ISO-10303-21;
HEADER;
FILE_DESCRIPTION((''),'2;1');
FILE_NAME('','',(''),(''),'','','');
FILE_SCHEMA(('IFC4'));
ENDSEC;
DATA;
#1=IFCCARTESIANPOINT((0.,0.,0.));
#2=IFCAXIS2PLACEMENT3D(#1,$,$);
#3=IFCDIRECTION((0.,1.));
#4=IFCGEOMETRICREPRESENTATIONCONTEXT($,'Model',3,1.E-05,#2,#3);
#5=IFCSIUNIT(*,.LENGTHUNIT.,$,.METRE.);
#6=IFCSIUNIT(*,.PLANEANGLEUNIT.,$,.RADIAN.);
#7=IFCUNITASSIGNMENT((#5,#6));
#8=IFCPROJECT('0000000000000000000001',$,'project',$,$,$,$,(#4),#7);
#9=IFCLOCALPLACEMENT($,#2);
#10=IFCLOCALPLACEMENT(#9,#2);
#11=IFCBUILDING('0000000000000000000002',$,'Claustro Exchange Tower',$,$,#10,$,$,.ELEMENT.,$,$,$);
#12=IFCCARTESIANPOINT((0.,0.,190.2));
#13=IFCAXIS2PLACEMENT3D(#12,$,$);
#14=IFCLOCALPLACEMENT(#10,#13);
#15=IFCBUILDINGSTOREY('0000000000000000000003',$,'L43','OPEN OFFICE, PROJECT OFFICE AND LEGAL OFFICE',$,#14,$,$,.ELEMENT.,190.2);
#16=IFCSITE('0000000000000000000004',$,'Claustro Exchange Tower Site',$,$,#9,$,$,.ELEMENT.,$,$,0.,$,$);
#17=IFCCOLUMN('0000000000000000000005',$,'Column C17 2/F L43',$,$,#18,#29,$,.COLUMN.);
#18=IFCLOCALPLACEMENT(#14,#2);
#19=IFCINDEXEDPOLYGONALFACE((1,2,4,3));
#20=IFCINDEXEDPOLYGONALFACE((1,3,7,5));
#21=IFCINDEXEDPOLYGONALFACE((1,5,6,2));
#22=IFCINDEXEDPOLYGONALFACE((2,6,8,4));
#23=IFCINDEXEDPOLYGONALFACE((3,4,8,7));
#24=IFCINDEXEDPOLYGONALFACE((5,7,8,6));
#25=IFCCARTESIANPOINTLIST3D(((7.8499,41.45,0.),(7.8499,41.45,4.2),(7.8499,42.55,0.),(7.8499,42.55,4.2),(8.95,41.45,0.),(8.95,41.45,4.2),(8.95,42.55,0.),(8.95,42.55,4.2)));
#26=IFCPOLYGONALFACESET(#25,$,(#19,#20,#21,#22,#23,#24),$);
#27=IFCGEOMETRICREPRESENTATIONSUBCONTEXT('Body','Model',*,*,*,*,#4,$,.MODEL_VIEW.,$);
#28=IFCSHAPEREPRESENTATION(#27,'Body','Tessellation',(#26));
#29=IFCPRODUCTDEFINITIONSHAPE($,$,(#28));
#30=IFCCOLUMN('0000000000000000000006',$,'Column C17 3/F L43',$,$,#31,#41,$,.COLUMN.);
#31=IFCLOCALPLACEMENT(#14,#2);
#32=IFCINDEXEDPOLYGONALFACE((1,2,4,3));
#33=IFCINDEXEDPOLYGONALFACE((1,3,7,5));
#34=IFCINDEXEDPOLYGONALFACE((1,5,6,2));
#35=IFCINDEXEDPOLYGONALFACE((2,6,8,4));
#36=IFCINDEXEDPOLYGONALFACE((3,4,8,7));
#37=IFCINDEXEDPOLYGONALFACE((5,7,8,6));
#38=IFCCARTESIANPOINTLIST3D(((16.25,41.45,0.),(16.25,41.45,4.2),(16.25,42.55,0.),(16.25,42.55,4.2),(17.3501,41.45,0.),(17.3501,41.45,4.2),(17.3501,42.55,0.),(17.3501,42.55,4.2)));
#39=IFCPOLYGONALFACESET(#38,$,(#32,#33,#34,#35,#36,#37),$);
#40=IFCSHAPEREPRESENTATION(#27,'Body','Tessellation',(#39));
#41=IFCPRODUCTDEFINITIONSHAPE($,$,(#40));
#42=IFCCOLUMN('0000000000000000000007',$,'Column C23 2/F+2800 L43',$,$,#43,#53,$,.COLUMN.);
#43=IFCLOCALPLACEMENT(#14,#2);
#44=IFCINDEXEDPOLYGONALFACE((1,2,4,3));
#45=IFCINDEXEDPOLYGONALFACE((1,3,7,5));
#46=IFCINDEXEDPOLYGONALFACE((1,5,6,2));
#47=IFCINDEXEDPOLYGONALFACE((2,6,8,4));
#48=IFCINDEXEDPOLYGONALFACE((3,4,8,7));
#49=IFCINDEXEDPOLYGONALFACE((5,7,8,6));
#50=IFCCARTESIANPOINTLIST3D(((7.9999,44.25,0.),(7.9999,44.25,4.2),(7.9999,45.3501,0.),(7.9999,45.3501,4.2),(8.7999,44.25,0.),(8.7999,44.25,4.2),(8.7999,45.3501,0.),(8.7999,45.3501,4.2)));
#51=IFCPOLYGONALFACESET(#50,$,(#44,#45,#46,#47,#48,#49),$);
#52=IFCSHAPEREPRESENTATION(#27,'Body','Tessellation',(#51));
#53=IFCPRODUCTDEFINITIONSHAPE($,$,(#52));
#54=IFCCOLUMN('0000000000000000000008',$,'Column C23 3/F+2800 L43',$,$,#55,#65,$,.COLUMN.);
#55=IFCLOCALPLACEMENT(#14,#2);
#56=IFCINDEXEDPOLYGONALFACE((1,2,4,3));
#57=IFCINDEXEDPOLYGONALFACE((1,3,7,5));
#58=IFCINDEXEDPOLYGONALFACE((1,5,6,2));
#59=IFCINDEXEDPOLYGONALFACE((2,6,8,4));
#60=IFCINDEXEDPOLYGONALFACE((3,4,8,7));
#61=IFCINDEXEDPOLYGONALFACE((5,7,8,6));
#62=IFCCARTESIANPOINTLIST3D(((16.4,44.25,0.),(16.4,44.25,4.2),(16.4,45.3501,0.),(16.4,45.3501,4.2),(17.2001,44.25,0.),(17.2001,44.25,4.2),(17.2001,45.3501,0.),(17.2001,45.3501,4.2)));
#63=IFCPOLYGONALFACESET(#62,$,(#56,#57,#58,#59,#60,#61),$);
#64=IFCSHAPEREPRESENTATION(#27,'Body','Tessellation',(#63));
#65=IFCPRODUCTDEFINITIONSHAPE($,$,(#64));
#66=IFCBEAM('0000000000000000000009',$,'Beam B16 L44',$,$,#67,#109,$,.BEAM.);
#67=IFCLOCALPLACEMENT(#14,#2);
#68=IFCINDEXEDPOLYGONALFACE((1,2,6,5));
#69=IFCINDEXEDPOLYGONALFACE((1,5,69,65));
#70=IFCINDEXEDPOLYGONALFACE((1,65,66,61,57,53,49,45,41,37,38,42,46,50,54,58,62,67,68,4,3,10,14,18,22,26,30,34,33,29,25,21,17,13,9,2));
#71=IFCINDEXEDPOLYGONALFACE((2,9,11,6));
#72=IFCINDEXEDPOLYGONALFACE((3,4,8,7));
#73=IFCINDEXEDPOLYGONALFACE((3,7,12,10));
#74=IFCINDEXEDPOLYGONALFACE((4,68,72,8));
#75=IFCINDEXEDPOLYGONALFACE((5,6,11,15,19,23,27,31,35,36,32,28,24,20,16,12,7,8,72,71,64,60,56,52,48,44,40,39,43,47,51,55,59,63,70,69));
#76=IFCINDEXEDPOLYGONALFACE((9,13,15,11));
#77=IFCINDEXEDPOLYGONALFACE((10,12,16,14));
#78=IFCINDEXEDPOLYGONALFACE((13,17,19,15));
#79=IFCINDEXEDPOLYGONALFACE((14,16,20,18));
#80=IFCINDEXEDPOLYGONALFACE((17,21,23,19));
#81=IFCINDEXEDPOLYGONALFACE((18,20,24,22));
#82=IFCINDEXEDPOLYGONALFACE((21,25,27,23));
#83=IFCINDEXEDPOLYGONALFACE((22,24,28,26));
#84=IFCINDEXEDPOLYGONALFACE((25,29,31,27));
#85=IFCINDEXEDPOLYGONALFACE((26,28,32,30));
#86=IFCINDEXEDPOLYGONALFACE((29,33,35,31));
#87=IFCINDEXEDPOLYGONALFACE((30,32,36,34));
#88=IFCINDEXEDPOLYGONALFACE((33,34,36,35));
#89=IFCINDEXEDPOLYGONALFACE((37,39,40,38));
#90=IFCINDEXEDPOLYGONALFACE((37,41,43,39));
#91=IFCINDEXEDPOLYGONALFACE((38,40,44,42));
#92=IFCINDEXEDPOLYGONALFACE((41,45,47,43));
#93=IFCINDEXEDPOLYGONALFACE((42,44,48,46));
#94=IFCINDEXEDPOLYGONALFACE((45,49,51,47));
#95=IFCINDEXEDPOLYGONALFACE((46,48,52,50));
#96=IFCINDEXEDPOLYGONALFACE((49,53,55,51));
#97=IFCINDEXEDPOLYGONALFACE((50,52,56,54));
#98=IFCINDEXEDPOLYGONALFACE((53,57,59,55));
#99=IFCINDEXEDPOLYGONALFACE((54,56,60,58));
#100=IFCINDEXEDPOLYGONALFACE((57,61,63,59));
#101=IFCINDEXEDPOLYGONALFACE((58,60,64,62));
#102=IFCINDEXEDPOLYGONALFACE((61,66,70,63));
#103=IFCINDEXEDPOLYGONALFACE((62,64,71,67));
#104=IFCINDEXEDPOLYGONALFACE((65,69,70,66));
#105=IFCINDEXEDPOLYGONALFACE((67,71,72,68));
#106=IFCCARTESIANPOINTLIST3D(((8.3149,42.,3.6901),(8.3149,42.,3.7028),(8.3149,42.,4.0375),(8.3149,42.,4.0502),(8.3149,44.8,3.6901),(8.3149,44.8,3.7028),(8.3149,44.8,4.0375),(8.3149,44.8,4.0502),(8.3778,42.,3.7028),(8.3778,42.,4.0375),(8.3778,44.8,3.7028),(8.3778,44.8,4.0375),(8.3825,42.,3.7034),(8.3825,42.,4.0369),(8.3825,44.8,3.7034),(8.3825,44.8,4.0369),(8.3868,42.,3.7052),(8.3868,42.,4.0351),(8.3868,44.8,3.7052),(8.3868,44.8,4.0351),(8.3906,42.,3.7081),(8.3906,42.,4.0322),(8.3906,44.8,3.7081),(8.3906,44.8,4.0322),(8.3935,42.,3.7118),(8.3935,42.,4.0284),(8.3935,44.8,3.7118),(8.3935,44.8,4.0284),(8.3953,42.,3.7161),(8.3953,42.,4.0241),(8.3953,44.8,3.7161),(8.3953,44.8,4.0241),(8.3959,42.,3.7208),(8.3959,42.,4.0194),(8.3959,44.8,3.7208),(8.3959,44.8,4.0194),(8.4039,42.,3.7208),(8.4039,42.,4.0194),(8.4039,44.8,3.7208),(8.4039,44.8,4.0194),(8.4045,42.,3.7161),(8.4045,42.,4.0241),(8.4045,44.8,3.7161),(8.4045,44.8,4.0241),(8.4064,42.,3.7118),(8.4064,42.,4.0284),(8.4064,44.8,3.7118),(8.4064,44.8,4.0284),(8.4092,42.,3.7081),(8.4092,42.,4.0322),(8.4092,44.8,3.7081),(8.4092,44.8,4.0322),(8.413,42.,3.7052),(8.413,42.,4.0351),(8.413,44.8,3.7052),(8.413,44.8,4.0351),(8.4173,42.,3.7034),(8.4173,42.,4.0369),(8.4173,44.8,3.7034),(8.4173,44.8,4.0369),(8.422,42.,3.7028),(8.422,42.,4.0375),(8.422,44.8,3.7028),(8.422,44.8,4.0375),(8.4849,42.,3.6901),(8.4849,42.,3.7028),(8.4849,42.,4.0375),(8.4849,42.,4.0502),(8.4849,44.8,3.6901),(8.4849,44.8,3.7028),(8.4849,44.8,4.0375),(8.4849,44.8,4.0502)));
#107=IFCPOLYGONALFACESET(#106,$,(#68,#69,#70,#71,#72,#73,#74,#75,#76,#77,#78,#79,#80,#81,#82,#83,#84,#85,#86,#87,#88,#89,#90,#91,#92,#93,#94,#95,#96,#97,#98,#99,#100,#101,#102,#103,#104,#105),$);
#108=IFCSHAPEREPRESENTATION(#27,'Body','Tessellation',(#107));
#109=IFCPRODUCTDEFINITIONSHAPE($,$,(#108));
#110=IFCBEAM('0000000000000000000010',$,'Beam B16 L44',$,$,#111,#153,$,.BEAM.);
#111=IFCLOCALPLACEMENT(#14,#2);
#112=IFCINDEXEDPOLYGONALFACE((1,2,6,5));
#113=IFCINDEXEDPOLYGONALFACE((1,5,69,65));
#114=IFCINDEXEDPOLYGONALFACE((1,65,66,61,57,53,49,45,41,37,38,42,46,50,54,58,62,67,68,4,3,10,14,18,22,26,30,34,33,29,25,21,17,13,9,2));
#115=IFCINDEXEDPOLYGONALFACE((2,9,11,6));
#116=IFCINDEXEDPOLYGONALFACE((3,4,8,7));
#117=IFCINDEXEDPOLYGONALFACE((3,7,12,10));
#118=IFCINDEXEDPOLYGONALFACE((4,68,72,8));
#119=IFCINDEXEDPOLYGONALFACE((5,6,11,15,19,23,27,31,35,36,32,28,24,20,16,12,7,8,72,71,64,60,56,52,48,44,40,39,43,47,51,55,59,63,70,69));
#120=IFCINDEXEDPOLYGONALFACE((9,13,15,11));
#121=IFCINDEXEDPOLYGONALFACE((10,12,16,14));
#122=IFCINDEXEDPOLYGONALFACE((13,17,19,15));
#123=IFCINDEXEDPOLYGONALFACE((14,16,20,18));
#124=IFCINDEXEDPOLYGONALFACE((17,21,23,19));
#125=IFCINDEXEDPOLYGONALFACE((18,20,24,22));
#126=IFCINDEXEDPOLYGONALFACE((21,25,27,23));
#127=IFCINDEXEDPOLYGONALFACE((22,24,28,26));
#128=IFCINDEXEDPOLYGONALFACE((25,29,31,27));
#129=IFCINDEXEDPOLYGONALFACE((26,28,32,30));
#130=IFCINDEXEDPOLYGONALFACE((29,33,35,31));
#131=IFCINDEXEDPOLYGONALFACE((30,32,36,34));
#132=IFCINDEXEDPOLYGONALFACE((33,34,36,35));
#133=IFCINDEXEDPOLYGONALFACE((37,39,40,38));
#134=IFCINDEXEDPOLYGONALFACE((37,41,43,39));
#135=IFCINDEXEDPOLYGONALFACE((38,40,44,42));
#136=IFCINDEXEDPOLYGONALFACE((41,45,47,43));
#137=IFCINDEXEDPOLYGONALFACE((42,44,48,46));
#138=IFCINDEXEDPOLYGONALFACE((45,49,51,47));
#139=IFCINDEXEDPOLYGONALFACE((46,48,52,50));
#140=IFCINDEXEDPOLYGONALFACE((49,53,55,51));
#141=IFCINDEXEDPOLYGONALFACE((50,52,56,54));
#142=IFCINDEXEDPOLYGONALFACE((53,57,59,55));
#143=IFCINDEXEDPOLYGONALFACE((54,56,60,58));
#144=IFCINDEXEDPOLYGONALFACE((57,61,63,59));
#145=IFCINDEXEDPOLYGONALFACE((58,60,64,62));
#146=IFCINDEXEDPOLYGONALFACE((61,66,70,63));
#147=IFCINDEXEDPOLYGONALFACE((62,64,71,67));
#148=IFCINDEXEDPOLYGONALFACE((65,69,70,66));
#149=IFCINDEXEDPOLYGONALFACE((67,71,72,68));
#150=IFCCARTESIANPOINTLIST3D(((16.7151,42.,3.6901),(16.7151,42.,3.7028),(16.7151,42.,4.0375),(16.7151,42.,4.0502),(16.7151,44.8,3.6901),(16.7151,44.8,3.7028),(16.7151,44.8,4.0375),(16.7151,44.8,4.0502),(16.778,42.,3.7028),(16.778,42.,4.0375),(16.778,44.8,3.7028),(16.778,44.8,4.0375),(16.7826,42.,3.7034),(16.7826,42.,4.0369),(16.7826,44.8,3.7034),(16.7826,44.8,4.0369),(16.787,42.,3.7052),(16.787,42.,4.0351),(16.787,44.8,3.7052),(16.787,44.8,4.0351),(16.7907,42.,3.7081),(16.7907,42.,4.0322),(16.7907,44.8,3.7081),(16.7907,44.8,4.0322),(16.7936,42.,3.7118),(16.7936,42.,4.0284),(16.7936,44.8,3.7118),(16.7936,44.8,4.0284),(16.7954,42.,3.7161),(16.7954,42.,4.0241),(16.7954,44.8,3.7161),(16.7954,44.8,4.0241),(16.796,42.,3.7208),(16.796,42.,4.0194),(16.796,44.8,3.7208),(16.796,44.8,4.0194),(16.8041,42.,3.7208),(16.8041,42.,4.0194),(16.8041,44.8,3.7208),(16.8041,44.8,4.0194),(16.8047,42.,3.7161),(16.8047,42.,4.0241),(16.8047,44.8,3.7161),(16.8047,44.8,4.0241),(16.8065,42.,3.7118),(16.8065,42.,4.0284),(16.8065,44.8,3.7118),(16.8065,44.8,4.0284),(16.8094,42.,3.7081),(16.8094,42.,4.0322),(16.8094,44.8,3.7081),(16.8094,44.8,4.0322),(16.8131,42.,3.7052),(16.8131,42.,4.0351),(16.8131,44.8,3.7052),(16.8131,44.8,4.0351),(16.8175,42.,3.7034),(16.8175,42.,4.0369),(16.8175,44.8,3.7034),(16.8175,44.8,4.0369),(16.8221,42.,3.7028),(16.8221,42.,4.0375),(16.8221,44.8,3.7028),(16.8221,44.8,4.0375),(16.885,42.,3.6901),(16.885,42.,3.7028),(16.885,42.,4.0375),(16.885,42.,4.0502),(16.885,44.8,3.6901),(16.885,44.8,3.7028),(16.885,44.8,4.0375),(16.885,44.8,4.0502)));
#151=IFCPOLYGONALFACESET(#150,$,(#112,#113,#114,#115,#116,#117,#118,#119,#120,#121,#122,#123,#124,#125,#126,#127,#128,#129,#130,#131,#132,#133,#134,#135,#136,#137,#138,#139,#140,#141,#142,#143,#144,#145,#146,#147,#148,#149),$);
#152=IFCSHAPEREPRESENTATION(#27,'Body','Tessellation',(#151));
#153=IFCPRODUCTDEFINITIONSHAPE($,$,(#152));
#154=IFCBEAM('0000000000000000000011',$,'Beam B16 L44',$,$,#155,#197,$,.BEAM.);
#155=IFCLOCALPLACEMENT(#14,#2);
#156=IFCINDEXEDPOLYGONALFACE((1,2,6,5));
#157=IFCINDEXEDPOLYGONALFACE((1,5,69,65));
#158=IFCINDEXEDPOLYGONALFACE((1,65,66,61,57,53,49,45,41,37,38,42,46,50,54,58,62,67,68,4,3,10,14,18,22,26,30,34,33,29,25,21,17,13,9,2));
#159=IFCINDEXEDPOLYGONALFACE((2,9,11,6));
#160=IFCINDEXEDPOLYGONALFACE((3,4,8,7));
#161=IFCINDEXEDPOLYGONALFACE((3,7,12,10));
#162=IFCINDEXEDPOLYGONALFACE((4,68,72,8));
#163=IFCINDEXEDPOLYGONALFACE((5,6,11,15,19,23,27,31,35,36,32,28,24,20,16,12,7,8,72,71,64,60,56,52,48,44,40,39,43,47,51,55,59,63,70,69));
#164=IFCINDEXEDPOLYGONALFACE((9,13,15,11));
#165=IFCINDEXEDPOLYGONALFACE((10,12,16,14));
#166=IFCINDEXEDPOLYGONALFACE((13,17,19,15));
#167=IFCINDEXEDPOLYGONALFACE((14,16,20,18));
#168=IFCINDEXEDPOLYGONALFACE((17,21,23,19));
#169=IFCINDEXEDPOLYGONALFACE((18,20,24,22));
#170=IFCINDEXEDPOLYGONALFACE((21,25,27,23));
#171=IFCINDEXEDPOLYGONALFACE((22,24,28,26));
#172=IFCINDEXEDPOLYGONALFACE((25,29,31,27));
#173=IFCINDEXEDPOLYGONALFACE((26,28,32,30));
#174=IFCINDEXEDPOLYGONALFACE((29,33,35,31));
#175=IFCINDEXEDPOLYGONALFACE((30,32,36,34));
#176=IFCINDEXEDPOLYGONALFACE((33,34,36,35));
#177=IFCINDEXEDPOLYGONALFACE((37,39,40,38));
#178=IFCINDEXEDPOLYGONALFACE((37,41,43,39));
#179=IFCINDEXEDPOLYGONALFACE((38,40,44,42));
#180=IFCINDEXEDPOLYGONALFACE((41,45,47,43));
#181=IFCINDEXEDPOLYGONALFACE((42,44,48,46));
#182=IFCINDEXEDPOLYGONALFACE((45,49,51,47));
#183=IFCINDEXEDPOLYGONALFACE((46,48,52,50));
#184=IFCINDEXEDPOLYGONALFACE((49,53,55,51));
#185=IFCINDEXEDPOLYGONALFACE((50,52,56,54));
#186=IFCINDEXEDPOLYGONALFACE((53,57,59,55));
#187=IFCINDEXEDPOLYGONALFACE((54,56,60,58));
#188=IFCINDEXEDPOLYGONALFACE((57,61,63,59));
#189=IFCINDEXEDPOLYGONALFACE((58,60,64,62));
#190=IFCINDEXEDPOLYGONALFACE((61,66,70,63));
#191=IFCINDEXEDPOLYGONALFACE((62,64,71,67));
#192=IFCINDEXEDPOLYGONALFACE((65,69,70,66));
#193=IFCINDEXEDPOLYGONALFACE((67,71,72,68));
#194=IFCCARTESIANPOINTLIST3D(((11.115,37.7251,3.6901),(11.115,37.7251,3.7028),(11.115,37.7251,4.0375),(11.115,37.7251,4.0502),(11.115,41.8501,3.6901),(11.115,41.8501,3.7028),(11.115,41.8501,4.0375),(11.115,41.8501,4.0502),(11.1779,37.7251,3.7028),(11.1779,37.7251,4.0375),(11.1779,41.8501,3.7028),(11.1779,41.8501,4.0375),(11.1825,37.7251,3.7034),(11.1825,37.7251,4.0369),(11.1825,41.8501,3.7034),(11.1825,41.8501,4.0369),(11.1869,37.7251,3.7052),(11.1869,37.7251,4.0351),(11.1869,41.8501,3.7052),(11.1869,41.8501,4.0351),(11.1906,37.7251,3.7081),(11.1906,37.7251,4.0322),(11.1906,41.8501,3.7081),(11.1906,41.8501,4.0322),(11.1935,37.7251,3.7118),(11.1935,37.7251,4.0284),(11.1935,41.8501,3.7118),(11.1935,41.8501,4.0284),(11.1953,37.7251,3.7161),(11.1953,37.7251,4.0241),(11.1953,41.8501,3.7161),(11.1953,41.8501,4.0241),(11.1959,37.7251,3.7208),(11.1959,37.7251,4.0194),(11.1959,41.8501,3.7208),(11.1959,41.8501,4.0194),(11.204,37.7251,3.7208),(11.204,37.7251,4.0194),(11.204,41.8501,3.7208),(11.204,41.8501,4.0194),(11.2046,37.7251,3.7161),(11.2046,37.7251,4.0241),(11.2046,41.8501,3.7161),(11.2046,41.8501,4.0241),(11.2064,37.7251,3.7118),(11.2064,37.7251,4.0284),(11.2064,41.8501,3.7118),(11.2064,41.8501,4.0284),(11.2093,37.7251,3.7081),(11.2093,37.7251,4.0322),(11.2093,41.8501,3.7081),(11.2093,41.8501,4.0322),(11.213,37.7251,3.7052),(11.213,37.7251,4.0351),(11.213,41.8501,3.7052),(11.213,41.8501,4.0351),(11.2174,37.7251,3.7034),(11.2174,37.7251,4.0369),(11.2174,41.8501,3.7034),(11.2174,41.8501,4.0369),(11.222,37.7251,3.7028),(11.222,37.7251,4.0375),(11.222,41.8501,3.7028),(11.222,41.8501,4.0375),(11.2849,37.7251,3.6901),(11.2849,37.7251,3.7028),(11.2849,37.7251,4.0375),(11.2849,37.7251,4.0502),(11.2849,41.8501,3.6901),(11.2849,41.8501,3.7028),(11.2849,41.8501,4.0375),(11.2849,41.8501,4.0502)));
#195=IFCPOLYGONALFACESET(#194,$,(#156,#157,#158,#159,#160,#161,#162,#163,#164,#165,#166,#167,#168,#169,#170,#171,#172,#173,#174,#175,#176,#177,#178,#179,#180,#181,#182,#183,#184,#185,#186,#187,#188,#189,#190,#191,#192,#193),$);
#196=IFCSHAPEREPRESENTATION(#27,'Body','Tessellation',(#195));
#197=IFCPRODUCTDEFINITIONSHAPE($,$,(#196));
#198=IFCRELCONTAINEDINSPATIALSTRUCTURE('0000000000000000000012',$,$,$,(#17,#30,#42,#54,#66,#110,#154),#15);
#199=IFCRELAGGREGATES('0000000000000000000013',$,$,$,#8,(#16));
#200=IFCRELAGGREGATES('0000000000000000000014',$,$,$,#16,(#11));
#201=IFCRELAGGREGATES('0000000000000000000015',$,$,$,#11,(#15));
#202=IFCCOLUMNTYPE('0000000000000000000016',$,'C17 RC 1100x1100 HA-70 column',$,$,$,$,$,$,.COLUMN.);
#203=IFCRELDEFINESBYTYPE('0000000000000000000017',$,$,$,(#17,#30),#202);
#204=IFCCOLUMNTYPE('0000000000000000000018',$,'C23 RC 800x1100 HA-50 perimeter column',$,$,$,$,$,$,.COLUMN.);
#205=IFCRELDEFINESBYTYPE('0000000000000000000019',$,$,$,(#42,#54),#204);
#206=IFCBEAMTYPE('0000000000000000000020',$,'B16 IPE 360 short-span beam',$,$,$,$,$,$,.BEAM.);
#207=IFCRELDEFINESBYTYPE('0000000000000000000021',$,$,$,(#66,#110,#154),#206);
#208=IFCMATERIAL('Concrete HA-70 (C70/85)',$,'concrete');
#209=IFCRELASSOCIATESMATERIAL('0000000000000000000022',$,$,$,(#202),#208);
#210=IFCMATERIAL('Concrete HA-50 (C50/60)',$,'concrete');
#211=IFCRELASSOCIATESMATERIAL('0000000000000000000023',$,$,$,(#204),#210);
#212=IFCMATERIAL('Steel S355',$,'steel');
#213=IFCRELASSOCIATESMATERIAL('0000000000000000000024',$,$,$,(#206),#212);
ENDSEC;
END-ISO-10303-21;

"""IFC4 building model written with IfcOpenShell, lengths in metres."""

from ifc_helpers import new_model, si_unit, direction, frame, origin, origin_2d, place, context, subcontext, project, spatial, rectangle, i_section, extrude, material, material_profile, profile_set, type_object, element, save


model = new_model("IFC4")

# Units and contexts
model_context = context("Model", 3, precision=1e-05, world=origin(), true_north=direction((0.0, 1.0)))
body_context = subcontext(model_context, "Body", "Model", "MODEL_VIEW")
ifc_project = project(units=[si_unit("LENGTHUNIT", "METRE"), si_unit("PLANEANGLEUNIT", "RADIAN")], contexts=[model_context])

# Site, building, storey
site_placement = place(None, origin())
site = spatial("IfcSite", under=ifc_project, at=site_placement, Name="Claustro Exchange Tower Site", CompositionType="ELEMENT", RefElevation=0.0)
building_placement = place(site_placement, origin())
building = spatial("IfcBuilding", under=site, at=building_placement, Name="Claustro Exchange Tower", CompositionType="ELEMENT")
storey_placement = place(building_placement, frame((0.0, 0.0, 190.2)))
storey = spatial("IfcBuildingStorey", under=building, at=storey_placement, Name="L43", Description="OPEN OFFICE, PROJECT OFFICE AND LEGAL OFFICE", CompositionType="ELEMENT", Elevation=190.2)

# Columns
ifc_material_1 = material(Name="Concrete HA-70 (C70/85)", Category="concrete")
ifc_material_profile_1 = material_profile(ifc_material_1, rectangle(XDim=1.1001, YDim=1.1001, at=origin_2d()), Name="RC 1100x1100")
ifc_profile_set_1 = profile_set([ifc_material_profile_1], Name="Concrete HA-70 (C70/85)")
column_type_1 = type_object("IfcColumnType", Name="C17 RC 1100x1100 HA-70 column", PredefinedType="COLUMN", material=ifc_profile_set_1)
for number, where, z_axis, x_axis, name in (
    (1, (8.3999, 42.0, 0.0), (0.0, 0.0, 1.0), (1.0, 0.0, 0.0), "Column C17 2/F L43"),
    (2, (16.8, 42.0, 0.0), (0.0, 0.0, 1.0), (1.0, 0.0, 0.0), "Column C17 3/F L43"),
):
    element("IfcColumn", number, at=place(storey_placement, frame(where, z_axis=z_axis, x_axis=x_axis)), inside=storey, type_object=column_type_1, Name=name, PredefinedType="COLUMN", context=body_context, shape_type="SweptSolid", body=[
        extrude(rectangle(XDim=1.1001, YDim=1.1001, at=origin_2d()), origin(), (0.0, 0.0, 1.0), 4.2),
    ])
ifc_material_2 = material(Name="Concrete HA-50 (C50/60)", Category="concrete")
ifc_material_profile_2 = material_profile(ifc_material_2, rectangle(XDim=0.8, YDim=1.1001, at=origin_2d()), Name="RC 800x1100")
ifc_profile_set_2 = profile_set([ifc_material_profile_2], Name="Concrete HA-50 (C50/60)")
column_type_2 = type_object("IfcColumnType", Name="C23 RC 800x1100 HA-50 perimeter column", PredefinedType="COLUMN", material=ifc_profile_set_2)
for number, where, z_axis, x_axis, name in (
    (3, (8.3999, 44.8, 0.0), (0.0, 0.0, 1.0), (1.0, 0.0, 0.0), "Column C23 2/F+2800 L43"),
    (4, (16.8, 44.8, 0.0), (0.0, 0.0, 1.0), (1.0, 0.0, 0.0), "Column C23 3/F+2800 L43"),
):
    element("IfcColumn", number, at=place(storey_placement, frame(where, z_axis=z_axis, x_axis=x_axis)), inside=storey, type_object=column_type_2, Name=name, PredefinedType="COLUMN", context=body_context, shape_type="SweptSolid", body=[
        extrude(rectangle(XDim=0.8, YDim=1.1001, at=origin_2d()), origin(), (0.0, 0.0, 1.0), 4.2),
    ])

# Beams
ifc_material_3 = material(Name="Steel S355", Category="steel")
ifc_material_profile_3 = material_profile(ifc_material_3, i_section(OverallWidth=0.1699, OverallDepth=0.3601, WebThickness=0.0081, FlangeThickness=0.0127, FilletRadius=0.0181, at=origin_2d()), Name="IPE 360")
ifc_profile_set_3 = profile_set([ifc_material_profile_3], Name="Steel S355")
beam_type_1 = type_object("IfcBeamType", Name="B16 IPE 360 short-span beam", PredefinedType="BEAM", material=ifc_profile_set_3)
for number, where, z_axis, x_axis, name in (
    (5, (8.3999, 42.0, 3.8701), (0.0, 1.0, 0.0), (-1.0, 0.0, 0.0), "Beam B16 L44"),
    (6, (16.8, 42.0, 3.8701), (0.0, 1.0, 0.0), (-1.0, 0.0, 0.0), "Beam B16 L44"),
):
    element("IfcBeam", number, at=place(storey_placement, frame(where, z_axis=z_axis, x_axis=x_axis)), inside=storey, type_object=beam_type_1, Name=name, PredefinedType="BEAM", context=body_context, shape_type="SweptSolid", body=[
        extrude(i_section(OverallWidth=0.1699, OverallDepth=0.3601, WebThickness=0.0081, FlangeThickness=0.0127, FilletRadius=0.0181, at=origin_2d()), origin(), (0.0, 0.0, 1.0), 2.8),
    ])
for number, where, z_axis, x_axis, name in (
    (7, (11.2, 37.7251, 3.8701), (0.0, 1.0, 0.0), (-1.0, 0.0, 0.0), "Beam B16 L44"),
):
    element("IfcBeam", number, at=place(storey_placement, frame(where, z_axis=z_axis, x_axis=x_axis)), inside=storey, type_object=beam_type_1, Name=name, PredefinedType="BEAM", context=body_context, shape_type="SweptSolid", body=[
        extrude(i_section(OverallWidth=0.1699, OverallDepth=0.3601, WebThickness=0.0081, FlangeThickness=0.0127, FilletRadius=0.0181, at=origin_2d()), origin(), (0.0, 0.0, 1.0), 4.125),
    ])

save(model, "model.ifc")
